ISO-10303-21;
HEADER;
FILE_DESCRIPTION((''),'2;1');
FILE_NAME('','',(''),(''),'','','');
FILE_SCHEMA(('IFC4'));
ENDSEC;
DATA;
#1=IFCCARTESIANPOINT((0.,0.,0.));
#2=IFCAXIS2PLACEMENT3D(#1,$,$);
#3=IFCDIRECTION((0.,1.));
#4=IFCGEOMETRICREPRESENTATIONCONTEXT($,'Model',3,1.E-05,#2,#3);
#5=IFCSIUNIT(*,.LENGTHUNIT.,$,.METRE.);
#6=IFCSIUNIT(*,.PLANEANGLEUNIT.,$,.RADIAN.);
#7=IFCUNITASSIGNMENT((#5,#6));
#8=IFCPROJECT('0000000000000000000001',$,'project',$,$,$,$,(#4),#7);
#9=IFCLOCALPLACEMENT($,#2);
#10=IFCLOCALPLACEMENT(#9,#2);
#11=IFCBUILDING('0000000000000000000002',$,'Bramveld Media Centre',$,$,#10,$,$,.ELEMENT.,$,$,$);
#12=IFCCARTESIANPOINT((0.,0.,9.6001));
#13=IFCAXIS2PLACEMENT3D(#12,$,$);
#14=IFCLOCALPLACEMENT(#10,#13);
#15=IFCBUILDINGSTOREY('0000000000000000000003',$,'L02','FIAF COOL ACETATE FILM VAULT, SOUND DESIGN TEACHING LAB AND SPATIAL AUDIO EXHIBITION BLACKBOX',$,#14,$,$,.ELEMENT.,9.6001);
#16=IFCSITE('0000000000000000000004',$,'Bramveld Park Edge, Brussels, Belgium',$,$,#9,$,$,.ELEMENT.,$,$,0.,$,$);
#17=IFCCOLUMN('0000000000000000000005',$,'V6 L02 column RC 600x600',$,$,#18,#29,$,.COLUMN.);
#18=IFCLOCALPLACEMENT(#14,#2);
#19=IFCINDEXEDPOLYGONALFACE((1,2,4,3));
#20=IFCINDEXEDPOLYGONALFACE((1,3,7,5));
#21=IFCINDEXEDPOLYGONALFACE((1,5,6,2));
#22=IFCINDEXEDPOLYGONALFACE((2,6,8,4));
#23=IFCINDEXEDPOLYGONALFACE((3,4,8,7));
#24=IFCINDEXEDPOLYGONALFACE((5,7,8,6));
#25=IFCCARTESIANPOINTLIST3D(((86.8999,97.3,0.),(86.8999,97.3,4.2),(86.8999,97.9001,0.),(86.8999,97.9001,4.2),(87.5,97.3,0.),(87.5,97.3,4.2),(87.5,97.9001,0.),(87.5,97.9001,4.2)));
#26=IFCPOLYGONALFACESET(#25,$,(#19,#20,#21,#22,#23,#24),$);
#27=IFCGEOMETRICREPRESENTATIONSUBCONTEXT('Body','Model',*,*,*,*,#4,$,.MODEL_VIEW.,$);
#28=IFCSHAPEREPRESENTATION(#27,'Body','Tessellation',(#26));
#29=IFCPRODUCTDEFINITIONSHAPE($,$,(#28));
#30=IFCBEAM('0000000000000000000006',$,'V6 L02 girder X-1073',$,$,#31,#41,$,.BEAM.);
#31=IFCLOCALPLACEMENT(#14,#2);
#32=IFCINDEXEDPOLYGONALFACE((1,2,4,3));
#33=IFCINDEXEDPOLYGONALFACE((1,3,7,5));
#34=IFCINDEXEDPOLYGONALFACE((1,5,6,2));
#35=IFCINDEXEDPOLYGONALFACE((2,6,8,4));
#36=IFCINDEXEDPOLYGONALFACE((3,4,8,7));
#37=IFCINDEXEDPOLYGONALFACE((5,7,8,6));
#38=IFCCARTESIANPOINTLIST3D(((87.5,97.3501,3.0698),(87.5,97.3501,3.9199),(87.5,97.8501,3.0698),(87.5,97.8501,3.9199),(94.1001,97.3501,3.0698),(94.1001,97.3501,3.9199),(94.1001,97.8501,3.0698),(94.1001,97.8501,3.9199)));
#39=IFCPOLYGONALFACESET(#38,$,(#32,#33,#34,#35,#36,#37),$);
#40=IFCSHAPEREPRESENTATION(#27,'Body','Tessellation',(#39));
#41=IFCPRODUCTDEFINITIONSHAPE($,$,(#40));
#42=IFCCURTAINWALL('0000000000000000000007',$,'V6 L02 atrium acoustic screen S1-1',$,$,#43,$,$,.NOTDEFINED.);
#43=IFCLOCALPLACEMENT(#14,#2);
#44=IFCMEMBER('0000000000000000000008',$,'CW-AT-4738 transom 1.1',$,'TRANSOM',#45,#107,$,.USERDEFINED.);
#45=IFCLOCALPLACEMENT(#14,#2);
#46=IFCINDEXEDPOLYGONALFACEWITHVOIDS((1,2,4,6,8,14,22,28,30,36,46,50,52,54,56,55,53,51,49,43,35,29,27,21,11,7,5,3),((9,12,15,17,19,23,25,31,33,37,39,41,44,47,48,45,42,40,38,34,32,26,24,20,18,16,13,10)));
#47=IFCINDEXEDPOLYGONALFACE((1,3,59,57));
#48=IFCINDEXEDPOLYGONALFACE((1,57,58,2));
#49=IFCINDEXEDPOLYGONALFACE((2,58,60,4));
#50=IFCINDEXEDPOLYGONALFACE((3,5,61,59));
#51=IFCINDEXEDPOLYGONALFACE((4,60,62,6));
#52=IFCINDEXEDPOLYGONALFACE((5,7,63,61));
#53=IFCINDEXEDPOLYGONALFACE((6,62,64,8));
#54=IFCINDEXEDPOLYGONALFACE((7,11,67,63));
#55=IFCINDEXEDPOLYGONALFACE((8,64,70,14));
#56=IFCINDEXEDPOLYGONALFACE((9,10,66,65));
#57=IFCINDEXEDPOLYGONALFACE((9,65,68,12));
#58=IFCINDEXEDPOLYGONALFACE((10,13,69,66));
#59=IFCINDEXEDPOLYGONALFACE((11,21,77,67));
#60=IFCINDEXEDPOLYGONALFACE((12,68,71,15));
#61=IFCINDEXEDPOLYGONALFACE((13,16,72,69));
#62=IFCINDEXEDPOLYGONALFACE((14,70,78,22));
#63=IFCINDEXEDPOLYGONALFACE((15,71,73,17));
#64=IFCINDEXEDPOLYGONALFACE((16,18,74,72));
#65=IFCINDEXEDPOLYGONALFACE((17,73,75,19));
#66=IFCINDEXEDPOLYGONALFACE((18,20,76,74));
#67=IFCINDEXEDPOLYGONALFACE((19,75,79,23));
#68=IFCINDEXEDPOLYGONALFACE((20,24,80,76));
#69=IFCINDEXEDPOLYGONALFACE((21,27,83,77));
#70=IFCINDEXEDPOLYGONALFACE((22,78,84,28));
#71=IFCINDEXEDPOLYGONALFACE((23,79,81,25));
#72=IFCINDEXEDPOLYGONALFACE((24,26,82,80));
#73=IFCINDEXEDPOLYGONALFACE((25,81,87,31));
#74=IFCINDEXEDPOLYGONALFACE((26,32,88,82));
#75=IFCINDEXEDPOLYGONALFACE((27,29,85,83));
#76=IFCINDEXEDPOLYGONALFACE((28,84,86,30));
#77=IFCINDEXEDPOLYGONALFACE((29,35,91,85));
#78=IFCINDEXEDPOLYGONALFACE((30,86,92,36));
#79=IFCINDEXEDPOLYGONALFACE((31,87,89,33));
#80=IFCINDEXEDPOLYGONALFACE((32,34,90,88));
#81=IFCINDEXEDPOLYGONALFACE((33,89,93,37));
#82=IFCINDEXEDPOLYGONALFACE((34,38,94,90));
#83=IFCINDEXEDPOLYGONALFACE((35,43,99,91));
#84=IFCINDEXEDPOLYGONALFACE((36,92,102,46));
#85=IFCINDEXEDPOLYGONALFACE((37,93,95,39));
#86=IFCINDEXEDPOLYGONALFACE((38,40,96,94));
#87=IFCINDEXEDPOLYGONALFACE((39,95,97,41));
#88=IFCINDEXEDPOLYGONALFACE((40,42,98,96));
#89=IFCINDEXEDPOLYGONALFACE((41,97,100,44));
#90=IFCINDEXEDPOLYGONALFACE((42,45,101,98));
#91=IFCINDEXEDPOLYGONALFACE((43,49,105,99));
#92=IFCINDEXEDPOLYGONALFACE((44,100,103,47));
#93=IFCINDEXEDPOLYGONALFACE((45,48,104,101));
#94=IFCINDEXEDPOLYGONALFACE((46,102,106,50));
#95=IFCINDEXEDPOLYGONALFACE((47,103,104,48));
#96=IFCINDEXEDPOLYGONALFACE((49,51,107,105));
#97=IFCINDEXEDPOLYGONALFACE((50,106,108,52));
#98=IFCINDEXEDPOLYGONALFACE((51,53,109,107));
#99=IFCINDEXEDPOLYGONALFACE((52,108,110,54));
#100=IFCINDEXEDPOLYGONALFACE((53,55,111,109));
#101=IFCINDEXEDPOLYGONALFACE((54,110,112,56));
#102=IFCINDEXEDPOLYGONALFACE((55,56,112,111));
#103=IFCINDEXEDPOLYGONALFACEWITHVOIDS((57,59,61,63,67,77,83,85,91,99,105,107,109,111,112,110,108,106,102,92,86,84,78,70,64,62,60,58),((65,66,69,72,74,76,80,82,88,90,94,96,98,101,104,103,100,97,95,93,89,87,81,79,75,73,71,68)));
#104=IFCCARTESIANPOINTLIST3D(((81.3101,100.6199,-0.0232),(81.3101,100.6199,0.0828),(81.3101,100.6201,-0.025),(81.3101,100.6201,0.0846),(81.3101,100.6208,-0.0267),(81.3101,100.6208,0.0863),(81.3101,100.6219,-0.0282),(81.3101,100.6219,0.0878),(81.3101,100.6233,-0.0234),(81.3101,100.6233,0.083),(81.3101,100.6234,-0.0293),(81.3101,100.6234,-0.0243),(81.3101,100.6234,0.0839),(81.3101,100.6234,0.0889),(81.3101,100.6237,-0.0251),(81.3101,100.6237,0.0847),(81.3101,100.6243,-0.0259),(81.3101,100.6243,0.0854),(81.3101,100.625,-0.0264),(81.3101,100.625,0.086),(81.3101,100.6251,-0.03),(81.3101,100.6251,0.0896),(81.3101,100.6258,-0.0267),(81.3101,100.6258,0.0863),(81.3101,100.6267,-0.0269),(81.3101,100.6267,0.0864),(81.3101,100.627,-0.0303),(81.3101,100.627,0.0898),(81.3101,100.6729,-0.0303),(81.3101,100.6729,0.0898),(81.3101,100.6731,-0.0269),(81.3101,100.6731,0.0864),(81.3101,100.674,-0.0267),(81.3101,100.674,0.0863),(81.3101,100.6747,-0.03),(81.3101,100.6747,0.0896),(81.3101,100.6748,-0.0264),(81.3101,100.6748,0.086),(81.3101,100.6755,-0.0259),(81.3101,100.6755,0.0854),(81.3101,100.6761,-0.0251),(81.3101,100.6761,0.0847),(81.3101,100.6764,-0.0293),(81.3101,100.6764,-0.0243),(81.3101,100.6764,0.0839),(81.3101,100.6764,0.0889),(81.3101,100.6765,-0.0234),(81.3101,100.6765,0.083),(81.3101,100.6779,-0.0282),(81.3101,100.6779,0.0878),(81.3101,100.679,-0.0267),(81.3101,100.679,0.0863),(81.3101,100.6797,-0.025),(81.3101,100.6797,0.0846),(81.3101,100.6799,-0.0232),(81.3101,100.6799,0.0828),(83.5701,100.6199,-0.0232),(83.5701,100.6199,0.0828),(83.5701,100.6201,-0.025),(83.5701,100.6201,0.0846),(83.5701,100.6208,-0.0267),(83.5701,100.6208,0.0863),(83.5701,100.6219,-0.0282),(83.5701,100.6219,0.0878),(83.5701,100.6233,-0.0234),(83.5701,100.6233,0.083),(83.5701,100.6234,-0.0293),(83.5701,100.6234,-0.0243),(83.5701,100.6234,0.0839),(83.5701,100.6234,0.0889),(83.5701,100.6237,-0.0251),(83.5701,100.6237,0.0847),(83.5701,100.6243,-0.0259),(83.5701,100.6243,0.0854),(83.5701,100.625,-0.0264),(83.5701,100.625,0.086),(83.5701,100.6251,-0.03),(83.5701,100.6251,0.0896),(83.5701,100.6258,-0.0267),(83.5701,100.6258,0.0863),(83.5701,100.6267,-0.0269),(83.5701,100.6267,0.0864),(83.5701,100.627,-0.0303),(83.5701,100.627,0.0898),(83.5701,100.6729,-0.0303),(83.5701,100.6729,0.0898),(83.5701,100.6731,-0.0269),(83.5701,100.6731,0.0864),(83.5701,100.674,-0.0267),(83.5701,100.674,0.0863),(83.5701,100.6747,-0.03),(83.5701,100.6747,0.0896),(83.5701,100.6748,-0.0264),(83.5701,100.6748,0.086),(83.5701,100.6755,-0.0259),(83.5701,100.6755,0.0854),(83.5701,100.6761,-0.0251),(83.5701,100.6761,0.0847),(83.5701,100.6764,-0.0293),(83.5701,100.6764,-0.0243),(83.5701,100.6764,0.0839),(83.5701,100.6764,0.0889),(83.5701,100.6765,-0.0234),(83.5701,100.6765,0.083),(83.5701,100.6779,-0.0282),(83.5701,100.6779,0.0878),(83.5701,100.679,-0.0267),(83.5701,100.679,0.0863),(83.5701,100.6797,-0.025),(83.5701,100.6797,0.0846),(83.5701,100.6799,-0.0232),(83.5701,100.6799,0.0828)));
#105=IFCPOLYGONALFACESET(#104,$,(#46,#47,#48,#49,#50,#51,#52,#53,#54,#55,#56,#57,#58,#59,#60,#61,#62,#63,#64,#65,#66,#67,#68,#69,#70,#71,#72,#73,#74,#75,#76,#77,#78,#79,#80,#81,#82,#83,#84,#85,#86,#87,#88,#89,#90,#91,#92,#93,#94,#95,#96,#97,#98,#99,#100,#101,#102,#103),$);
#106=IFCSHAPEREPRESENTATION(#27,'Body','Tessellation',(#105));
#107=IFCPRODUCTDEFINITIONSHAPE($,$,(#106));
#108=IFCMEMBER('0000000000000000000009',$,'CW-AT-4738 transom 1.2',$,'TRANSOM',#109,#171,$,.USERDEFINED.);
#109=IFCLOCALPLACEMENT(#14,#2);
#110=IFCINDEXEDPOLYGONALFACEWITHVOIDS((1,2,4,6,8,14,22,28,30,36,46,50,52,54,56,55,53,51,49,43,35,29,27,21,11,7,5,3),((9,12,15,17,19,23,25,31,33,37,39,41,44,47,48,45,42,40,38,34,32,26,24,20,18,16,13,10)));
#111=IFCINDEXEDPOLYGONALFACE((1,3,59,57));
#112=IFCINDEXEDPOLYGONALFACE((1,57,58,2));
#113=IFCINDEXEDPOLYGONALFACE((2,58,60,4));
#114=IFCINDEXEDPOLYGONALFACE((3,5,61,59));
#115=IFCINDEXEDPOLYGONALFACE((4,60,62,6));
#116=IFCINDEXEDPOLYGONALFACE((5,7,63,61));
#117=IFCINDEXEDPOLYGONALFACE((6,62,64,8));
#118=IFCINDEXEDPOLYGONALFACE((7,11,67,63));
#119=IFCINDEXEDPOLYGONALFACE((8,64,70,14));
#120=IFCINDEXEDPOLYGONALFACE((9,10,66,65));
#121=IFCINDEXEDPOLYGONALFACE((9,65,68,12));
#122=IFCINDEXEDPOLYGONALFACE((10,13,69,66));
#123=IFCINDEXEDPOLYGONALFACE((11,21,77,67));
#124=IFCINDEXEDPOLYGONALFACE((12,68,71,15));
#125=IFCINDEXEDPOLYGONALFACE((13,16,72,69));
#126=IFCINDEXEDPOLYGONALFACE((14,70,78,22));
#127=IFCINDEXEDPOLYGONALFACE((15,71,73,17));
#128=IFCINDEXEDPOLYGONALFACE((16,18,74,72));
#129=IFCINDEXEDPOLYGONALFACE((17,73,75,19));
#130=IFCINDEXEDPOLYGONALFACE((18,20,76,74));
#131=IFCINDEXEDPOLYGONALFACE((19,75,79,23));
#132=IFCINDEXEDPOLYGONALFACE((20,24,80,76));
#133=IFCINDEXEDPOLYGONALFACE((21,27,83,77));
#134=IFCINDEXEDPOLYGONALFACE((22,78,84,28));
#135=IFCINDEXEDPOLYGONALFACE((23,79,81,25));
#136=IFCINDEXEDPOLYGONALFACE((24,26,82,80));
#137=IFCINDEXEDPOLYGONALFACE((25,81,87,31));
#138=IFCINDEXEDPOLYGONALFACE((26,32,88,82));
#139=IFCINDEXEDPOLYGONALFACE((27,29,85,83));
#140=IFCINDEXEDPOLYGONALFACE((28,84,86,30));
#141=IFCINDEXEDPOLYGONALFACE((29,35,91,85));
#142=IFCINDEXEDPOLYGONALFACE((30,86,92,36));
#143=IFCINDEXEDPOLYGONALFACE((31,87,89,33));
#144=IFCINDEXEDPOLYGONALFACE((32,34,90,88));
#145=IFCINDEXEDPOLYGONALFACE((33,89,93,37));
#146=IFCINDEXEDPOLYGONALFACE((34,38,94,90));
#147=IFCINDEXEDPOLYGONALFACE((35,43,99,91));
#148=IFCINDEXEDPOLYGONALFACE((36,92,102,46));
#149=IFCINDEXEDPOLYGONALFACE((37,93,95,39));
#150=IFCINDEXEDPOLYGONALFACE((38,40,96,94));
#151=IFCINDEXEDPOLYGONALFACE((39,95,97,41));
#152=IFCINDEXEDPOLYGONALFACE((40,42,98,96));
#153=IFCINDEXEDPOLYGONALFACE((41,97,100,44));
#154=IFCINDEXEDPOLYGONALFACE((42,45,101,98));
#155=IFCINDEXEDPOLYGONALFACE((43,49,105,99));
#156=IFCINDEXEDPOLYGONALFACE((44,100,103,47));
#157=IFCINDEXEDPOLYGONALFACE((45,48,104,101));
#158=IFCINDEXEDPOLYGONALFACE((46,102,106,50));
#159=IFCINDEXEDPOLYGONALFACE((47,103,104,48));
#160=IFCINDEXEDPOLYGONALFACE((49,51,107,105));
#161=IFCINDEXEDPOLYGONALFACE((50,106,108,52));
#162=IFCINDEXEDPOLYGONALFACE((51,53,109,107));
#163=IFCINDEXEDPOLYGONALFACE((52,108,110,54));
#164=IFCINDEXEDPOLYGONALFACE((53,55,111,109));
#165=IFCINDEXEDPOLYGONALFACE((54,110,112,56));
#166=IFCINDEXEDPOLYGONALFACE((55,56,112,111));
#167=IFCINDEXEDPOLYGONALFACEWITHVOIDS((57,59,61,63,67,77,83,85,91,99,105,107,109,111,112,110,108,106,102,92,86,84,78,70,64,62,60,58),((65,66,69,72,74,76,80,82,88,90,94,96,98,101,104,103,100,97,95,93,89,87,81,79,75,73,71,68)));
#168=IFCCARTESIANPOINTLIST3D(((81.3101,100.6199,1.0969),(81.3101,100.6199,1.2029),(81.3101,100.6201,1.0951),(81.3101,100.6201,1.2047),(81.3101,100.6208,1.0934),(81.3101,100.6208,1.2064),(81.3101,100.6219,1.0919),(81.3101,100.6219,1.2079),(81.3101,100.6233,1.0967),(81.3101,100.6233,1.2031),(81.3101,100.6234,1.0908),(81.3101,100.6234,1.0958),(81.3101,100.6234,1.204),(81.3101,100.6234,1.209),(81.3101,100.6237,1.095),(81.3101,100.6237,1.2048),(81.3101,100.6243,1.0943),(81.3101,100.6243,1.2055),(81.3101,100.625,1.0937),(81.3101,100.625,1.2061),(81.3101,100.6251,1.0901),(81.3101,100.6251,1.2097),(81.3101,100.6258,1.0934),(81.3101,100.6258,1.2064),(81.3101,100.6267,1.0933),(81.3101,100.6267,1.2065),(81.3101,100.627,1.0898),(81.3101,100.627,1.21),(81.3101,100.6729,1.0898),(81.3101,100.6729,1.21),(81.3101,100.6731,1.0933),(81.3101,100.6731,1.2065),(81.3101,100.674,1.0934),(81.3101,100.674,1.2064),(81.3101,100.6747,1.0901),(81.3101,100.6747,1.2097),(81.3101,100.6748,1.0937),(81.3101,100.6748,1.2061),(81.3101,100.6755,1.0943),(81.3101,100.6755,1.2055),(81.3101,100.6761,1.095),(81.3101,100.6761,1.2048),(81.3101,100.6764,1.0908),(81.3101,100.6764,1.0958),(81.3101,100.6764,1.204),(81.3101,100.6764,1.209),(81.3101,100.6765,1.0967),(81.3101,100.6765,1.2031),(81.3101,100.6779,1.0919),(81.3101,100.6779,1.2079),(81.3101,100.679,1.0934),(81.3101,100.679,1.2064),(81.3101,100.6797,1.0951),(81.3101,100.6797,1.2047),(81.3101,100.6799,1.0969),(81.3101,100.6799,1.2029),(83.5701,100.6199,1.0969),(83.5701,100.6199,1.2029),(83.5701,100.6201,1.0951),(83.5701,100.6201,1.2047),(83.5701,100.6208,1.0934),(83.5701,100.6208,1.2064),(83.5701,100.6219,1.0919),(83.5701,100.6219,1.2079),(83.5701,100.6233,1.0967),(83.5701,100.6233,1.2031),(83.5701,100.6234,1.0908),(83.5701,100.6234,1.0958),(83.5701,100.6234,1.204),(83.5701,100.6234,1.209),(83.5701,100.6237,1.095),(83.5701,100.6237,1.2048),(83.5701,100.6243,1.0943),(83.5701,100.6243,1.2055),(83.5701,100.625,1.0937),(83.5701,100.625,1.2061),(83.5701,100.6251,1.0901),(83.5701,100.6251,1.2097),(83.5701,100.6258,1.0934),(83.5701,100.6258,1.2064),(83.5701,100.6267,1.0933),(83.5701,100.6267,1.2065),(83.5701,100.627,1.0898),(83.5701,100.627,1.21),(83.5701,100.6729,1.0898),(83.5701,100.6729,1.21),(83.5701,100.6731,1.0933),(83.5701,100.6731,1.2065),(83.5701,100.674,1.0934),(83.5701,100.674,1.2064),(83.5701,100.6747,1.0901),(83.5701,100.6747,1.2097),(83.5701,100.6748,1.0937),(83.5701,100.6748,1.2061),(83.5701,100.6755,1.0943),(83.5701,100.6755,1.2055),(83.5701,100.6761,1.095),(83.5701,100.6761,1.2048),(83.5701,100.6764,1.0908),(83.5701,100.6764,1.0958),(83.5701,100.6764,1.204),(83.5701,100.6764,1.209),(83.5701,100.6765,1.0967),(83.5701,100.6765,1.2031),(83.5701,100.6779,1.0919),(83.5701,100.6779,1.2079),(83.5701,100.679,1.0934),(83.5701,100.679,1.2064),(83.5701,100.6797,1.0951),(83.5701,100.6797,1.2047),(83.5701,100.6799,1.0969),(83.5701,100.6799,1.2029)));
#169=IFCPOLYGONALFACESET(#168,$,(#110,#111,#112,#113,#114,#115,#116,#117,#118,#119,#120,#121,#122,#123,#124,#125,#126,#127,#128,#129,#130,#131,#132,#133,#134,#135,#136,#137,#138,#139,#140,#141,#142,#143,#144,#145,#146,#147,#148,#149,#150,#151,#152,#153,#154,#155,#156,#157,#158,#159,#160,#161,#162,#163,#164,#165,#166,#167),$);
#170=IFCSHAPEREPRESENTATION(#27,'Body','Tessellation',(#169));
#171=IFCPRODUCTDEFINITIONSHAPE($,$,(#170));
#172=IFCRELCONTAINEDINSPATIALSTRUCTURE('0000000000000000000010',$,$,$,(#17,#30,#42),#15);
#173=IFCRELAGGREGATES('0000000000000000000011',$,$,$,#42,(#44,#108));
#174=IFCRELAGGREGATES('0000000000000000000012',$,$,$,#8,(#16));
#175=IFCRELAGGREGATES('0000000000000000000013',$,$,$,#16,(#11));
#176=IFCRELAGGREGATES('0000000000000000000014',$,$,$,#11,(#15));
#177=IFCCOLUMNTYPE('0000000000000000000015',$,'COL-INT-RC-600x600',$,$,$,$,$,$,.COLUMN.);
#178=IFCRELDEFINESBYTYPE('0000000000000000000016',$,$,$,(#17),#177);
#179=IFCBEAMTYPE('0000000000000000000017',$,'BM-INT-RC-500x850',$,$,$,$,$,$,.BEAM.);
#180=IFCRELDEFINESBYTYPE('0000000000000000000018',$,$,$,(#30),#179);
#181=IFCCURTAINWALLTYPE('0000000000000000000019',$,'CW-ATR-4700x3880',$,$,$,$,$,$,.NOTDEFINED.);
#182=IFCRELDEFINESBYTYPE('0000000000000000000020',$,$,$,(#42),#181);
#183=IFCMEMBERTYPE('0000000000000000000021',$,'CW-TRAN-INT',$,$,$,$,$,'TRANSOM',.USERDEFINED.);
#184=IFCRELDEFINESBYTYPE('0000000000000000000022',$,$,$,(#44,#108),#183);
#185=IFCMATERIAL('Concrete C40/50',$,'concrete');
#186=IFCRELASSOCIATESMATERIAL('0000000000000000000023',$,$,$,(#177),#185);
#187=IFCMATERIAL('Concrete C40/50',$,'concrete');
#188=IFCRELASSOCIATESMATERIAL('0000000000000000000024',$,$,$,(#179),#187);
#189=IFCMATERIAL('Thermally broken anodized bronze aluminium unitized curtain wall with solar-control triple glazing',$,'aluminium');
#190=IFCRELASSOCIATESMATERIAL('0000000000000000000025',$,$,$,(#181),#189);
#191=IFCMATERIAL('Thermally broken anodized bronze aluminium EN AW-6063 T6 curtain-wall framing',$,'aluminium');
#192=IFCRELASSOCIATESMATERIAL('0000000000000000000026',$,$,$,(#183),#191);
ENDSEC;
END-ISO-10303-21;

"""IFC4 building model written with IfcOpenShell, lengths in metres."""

from ifc_helpers import new_model, si_unit, direction, frame, origin, origin_2d, place, context, subcontext, project, spatial, rectangle, hollow_rectangle, extrude, material, material_profile, profile_set, type_object, element, aggregate, save


model = new_model("IFC4")

# Units and contexts
model_context = context("Model", 3, precision=1e-05, world=origin(), true_north=direction((0.0, 1.0)))
body_context = subcontext(model_context, "Body", "Model", "MODEL_VIEW")
ifc_project = project(units=[si_unit("LENGTHUNIT", "METRE"), si_unit("PLANEANGLEUNIT", "RADIAN")], contexts=[model_context])

# Site, building, storey
site_placement = place(None, origin())
site = spatial("IfcSite", under=ifc_project, at=site_placement, Name="Bramveld Park Edge, Brussels, Belgium", CompositionType="ELEMENT", RefElevation=0.0)
building_placement = place(site_placement, origin())
building = spatial("IfcBuilding", under=site, at=building_placement, Name="Bramveld Media Centre", CompositionType="ELEMENT")
storey_placement = place(building_placement, frame((0.0, 0.0, 9.6001)))
storey = spatial("IfcBuildingStorey", under=building, at=storey_placement, Name="L02", Description="FIAF COOL ACETATE FILM VAULT, SOUND DESIGN TEACHING LAB AND SPATIAL AUDIO EXHIBITION BLACKBOX", CompositionType="ELEMENT", Elevation=9.6001)

# Column
ifc_material_1 = material(Name="Concrete C40/50", Category="concrete")
ifc_material_profile_1 = material_profile(ifc_material_1, rectangle(XDim=0.6001, YDim=0.6001, at=origin_2d()), Name="RC 600x600")
ifc_profile_set_1 = profile_set([ifc_material_profile_1], Name="Concrete C40/50")
column_type = type_object("IfcColumnType", Name="COL-INT-RC-600x600", PredefinedType="COLUMN", material=ifc_profile_set_1)
column_placement = place(storey_placement, frame((87.2, 97.6001, 0.0), z_axis=(0.0, 0.0, 1.0), x_axis=(1.0, 0.0, 0.0)))
element("IfcColumn", 1, at=column_placement, inside=storey, type_object=column_type, Name="V6 L02 column RC 600x600", PredefinedType="COLUMN", context=body_context, shape_type="SweptSolid", body=[
    extrude(rectangle(XDim=0.6001, YDim=0.6001, at=origin_2d()), origin(), (0.0, 0.0, 1.0), 4.2),
])

# Beam
ifc_material_2 = material(Name="Concrete C40/50", Category="concrete")
ifc_material_profile_2 = material_profile(ifc_material_2, rectangle(XDim=0.5, YDim=0.8501, at=origin_2d()), Name="RC 500x850")
ifc_profile_set_2 = profile_set([ifc_material_profile_2], Name="Concrete C40/50")
beam_type = type_object("IfcBeamType", Name="BM-INT-RC-500x850", PredefinedType="BEAM", material=ifc_profile_set_2)
beam_placement = place(storey_placement, frame((87.5, 97.6001, 3.4949), z_axis=(1.0, 0.0, 0.0), x_axis=(0.0, 1.0, 0.0)))
element("IfcBeam", 2, at=beam_placement, inside=storey, type_object=beam_type, Name="V6 L02 girder X-1073", PredefinedType="BEAM", context=body_context, shape_type="SweptSolid", body=[
    extrude(rectangle(XDim=0.5, YDim=0.8501, at=origin_2d()), origin(), (0.0, 0.0, 1.0), 6.6001),
])

# Curtain wall, members
ifc_material_3 = material(Name="Thermally broken anodized bronze aluminium unitized curtain wall with solar-control triple glazing", Category="aluminium")
curtain_wall_type = type_object("IfcCurtainWallType", Name="CW-ATR-4700x3880", PredefinedType="NOTDEFINED", material=ifc_material_3)
curtain_wall_placement = place(storey_placement, origin())
curtain_wall = element("IfcCurtainWall", 3, at=curtain_wall_placement, inside=storey, type_object=curtain_wall_type, Name="V6 L02 atrium acoustic screen S1-1", PredefinedType="NOTDEFINED")
ifc_material_4 = material(Name="Thermally broken anodized bronze aluminium EN AW-6063 T6 curtain-wall framing", Category="aluminium")
ifc_material_profile_3 = material_profile(ifc_material_4, hollow_rectangle(XDim=0.0601, YDim=0.1201, WallThickness=0.0034, InnerFilletRadius=0.0034, OuterFilletRadius=0.0071, at=origin_2d()), Name="AL-TRAN 60x120")
ifc_profile_set_3 = profile_set([ifc_material_profile_3], Name="Thermally broken anodized bronze aluminium EN AW-6063 T6 curtain-wall framing")
member_type = type_object("IfcMemberType", Name="CW-TRAN-INT", ElementType="TRANSOM", PredefinedType="USERDEFINED", material=ifc_profile_set_3)
member_1_placement = place(storey_placement, frame((81.3101, 100.6499, 0.0298), z_axis=(1.0, 0.0, 0.0), x_axis=(0.0, 1.0, 0.0)))
member_1 = element("IfcMember", 4, at=member_1_placement, type_object=member_type, Name="CW-AT-4738 transom 1.1", ObjectType="TRANSOM", PredefinedType="USERDEFINED", context=body_context, shape_type="SweptSolid", body=[
    extrude(hollow_rectangle(XDim=0.0601, YDim=0.1201, WallThickness=0.0034, InnerFilletRadius=0.0034, OuterFilletRadius=0.0071, at=origin_2d()), origin(), (0.0, 0.0, 1.0), 2.26),
])
member_2_placement = place(storey_placement, frame((81.3101, 100.6499, 1.1499), z_axis=(1.0, 0.0, 0.0), x_axis=(0.0, 1.0, 0.0)))
member_2 = element("IfcMember", 5, at=member_2_placement, type_object=member_type, Name="CW-AT-4738 transom 1.2", ObjectType="TRANSOM", PredefinedType="USERDEFINED", context=body_context, shape_type="SweptSolid", body=[
    extrude(hollow_rectangle(XDim=0.0601, YDim=0.1201, WallThickness=0.0034, InnerFilletRadius=0.0034, OuterFilletRadius=0.0071, at=origin_2d()), origin(), (0.0, 0.0, 1.0), 2.26),
])
aggregate(curtain_wall, [member_1, member_2])

save(model, "model.ifc")
